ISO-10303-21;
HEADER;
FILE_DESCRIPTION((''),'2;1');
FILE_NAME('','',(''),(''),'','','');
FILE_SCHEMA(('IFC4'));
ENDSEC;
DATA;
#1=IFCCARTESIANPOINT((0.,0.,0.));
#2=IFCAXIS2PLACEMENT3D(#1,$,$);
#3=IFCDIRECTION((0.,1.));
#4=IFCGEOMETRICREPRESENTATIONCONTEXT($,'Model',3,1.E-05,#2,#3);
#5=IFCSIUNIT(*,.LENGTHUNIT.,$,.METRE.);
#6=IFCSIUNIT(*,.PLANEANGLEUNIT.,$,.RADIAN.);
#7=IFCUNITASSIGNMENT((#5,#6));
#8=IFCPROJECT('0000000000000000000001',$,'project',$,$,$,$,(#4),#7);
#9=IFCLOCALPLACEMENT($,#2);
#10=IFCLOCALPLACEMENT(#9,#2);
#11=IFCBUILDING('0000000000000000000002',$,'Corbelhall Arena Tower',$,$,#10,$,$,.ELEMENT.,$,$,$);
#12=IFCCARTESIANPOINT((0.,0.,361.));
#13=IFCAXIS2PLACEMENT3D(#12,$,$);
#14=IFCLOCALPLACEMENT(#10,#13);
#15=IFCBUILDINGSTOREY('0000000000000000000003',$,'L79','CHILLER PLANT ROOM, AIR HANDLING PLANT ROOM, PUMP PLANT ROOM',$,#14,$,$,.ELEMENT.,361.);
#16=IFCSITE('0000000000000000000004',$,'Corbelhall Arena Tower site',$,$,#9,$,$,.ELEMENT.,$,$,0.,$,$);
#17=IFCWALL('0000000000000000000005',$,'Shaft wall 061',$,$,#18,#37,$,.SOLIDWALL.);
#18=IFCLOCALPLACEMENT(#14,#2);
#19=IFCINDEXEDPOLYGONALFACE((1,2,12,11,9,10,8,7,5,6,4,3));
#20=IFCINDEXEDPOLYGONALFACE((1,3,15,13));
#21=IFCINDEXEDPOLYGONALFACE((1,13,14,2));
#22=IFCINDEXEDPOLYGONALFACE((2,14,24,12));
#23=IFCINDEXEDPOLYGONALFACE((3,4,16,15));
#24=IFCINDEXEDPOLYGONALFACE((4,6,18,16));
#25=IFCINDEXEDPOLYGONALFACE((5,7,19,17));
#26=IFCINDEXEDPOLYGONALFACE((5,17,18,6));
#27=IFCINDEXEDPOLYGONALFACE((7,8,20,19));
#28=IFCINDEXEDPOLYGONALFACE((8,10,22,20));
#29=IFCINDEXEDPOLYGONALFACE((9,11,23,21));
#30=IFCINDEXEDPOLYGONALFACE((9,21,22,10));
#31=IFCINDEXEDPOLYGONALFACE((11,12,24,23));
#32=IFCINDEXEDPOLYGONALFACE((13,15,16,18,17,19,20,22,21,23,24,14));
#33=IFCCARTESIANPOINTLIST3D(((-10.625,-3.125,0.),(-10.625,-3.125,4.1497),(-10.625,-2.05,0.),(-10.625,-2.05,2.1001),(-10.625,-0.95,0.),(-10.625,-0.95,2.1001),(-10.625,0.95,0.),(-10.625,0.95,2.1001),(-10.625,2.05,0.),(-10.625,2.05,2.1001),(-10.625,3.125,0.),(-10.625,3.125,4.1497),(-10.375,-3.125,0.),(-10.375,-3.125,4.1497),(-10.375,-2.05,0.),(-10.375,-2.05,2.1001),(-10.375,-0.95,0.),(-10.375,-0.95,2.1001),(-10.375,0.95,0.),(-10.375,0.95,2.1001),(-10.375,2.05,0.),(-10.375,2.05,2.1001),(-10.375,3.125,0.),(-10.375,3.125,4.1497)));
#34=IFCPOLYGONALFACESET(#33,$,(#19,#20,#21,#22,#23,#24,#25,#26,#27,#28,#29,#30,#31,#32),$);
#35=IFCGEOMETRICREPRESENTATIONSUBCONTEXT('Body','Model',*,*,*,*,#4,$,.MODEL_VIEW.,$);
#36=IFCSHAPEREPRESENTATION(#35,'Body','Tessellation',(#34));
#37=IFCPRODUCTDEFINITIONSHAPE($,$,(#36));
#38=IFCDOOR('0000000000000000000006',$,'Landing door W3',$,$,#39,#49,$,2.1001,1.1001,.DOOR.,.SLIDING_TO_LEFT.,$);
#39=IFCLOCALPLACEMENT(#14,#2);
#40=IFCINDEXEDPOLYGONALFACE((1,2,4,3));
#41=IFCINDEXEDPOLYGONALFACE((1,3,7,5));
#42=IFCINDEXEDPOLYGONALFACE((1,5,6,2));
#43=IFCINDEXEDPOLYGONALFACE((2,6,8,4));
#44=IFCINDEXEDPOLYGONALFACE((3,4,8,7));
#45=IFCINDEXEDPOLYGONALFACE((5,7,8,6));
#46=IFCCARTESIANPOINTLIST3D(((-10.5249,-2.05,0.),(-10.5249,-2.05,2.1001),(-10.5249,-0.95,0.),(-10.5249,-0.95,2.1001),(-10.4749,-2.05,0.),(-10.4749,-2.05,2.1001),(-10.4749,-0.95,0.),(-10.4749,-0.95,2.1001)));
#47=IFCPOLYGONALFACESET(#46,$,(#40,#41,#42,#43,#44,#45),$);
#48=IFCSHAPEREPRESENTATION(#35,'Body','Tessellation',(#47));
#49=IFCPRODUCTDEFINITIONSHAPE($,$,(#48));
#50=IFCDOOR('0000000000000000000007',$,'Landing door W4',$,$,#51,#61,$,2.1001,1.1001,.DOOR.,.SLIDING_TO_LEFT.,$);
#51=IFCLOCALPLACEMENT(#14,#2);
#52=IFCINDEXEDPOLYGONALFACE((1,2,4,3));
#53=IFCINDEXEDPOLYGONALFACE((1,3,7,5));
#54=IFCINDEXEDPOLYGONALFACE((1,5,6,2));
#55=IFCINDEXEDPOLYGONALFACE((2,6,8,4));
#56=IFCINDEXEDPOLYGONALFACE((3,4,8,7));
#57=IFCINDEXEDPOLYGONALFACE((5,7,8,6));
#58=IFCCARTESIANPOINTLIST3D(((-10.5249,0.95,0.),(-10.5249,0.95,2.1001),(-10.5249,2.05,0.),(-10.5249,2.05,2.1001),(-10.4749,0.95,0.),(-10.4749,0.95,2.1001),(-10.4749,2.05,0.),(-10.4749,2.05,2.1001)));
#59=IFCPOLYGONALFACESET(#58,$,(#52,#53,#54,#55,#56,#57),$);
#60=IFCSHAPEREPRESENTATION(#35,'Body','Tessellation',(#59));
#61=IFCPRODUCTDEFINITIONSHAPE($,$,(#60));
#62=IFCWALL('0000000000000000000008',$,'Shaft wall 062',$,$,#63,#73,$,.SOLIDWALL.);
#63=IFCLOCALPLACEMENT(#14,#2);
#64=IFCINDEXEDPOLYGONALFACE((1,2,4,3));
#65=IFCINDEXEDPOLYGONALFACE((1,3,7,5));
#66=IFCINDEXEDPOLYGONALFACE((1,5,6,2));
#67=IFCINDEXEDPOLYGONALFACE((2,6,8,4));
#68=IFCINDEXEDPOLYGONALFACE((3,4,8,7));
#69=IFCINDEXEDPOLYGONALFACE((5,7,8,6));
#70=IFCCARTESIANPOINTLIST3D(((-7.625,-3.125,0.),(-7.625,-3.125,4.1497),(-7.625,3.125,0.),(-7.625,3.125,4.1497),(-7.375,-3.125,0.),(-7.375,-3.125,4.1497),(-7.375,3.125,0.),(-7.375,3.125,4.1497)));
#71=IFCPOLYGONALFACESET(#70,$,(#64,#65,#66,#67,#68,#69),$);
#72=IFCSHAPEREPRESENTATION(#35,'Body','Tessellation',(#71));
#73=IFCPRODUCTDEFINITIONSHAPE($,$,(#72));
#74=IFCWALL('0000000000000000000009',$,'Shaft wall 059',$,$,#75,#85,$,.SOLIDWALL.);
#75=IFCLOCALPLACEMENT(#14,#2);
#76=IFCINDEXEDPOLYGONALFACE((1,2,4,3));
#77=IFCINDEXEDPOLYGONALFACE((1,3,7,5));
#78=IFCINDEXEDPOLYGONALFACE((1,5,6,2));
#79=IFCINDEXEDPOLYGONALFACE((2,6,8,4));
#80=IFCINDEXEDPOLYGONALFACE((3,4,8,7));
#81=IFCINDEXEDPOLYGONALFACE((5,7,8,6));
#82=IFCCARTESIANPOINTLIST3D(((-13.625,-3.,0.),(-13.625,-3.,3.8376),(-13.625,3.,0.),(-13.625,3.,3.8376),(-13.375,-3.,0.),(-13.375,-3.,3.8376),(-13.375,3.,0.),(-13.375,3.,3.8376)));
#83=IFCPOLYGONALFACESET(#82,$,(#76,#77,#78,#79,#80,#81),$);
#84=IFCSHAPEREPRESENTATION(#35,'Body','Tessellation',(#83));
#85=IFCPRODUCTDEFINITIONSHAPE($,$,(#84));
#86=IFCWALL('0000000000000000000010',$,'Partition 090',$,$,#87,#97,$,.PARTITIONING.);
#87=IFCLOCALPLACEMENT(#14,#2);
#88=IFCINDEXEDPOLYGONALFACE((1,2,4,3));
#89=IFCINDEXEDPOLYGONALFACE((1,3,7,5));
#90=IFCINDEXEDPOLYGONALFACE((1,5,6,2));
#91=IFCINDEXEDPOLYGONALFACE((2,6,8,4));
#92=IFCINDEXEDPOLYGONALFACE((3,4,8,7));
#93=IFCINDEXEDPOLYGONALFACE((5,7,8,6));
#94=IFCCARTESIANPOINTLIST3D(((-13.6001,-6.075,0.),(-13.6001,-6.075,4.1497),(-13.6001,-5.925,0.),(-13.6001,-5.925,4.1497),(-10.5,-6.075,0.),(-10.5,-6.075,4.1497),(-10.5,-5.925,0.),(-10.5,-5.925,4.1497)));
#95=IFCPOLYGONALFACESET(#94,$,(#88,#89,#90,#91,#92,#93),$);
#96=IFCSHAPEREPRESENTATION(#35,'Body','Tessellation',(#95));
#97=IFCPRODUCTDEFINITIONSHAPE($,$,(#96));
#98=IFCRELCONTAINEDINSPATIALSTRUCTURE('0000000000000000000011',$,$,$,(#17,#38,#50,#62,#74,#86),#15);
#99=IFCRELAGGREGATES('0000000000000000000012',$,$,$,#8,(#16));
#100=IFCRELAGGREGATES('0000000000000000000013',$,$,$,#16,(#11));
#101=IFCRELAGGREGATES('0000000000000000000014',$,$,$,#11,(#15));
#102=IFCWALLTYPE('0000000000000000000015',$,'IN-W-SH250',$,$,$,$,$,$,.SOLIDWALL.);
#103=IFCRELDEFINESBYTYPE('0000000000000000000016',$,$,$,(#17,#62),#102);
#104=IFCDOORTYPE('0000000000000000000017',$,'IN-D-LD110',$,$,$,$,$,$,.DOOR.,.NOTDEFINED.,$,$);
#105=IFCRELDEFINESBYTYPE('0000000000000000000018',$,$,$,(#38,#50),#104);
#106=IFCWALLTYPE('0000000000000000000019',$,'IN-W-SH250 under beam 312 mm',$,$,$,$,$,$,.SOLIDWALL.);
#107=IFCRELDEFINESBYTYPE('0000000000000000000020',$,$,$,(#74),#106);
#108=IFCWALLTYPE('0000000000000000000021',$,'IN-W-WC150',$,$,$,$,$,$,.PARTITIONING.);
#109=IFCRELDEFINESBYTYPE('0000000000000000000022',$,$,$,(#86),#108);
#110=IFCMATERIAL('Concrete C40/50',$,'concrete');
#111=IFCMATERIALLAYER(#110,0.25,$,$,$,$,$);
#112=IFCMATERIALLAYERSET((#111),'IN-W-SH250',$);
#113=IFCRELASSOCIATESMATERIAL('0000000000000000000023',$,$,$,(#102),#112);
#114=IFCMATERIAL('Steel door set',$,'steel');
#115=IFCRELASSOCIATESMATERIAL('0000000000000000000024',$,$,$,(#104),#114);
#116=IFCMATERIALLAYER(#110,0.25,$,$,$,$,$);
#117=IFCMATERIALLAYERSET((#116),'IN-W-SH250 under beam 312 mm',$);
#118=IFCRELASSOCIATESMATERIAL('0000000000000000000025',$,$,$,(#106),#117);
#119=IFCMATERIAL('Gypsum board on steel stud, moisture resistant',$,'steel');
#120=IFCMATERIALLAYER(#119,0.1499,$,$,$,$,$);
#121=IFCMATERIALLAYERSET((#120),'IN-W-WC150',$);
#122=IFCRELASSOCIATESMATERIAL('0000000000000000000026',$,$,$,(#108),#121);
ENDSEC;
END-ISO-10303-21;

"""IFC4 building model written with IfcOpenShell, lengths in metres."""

from ifc_helpers import new_model, si_unit, direction, frame, frame_2d, origin, place, context, subcontext, project, spatial, rectangle, extrude, material, layer, layer_set, type_object, element, fill, save


model = new_model("IFC4")

# Units and contexts
model_context = context("Model", 3, precision=1e-05, world=origin(), true_north=direction((0.0, 1.0)))
body_context = subcontext(model_context, "Body", "Model", "MODEL_VIEW")
ifc_project = project(units=[si_unit("LENGTHUNIT", "METRE"), si_unit("PLANEANGLEUNIT", "RADIAN")], contexts=[model_context])

# Site, building, storey
site_placement = place(None, origin())
site = spatial("IfcSite", under=ifc_project, at=site_placement, Name="Corbelhall Arena Tower site", CompositionType="ELEMENT", RefElevation=0.0)
building_placement = place(site_placement, origin())
building = spatial("IfcBuilding", under=site, at=building_placement, Name="Corbelhall Arena Tower", CompositionType="ELEMENT")
storey_placement = place(building_placement, frame((0.0, 0.0, 361.0)))
storey = spatial("IfcBuildingStorey", under=building, at=storey_placement, Name="L79", Description="CHILLER PLANT ROOM, AIR HANDLING PLANT ROOM, PUMP PLANT ROOM", CompositionType="ELEMENT", Elevation=361.0)

# Shared definitions
ifc_material_1 = material(Name="Steel door set", Category="steel")

# Shared definitions
ifc_material_2 = material(Name="Concrete C40/50", Category="concrete")
ifc_layer_1 = layer(ifc_material_2, 0.25)
ifc_layer_set_1 = layer_set([ifc_layer_1], Name="IN-W-SH250")
wall_type_1 = type_object("IfcWallType", Name="IN-W-SH250", PredefinedType="SOLIDWALL", material=ifc_layer_set_1)

# Wall, openings, doors
wall_1_placement = place(storey_placement, frame((-10.5, -3.125, 0.0), z_axis=(0.0, 0.0, 1.0), x_axis=(0.0, 1.0, 0.0)))
wall_1 = element("IfcWall", 1, at=wall_1_placement, inside=storey, type_object=wall_type_1, Name="Shaft wall 061", PredefinedType="SOLIDWALL", context=body_context, shape_type="SweptSolid", body=[
    extrude(rectangle(XDim=6.25, YDim=0.25, at=frame_2d((3.125, 0.0))), origin(), (0.0, 0.0, 1.0), 4.1497),
])
opening_1_placement = place(wall_1_placement, frame((1.075, 0.0, 0.0)))
opening_1 = element("IfcOpeningElement", 2, at=opening_1_placement, cuts=wall_1, PredefinedType="OPENING", context=body_context, shape_type="SweptSolid", body=[
    extrude(rectangle(XDim=1.1001, YDim=2.1001, at=frame_2d((0.55, 1.05))), frame((0.0, 0.125, 0.0), z_axis=(0.0, -1.0, 0.0), x_axis=(1.0, 0.0, 0.0)), (0.0, 0.0, 1.0), 0.25),
])
opening_2_placement = place(wall_1_placement, frame((4.075, 0.0, 0.0)))
opening_2 = element("IfcOpeningElement", 3, at=opening_2_placement, cuts=wall_1, PredefinedType="OPENING", context=body_context, shape_type="SweptSolid", body=[
    extrude(rectangle(XDim=1.1001, YDim=2.1001, at=frame_2d((0.55, 1.05))), frame((0.0, 0.125, 0.0), z_axis=(0.0, -1.0, 0.0), x_axis=(1.0, 0.0, 0.0)), (0.0, 0.0, 1.0), 0.25),
])
door_type_1 = type_object("IfcDoorType", Name="IN-D-LD110", OperationType="NOTDEFINED", PredefinedType="DOOR", material=ifc_material_1)
door_1_placement = place(opening_1_placement, origin())
door_1 = element("IfcDoor", 4, at=door_1_placement, inside=storey, type_object=door_type_1, Name="Landing door W3", OperationType="SLIDING_TO_LEFT", OverallHeight=2.1001, OverallWidth=1.1001, PredefinedType="DOOR", context=body_context, shape_type="SweptSolid", body=[
    extrude(rectangle(XDim=1.1001, YDim=2.1001, at=frame_2d((0.55, 1.05))), frame((0.0, 0.0249, 0.0), z_axis=(0.0, -1.0, 0.0), x_axis=(1.0, 0.0, 0.0)), (0.0, 0.0, 1.0), 0.05),
])
fill(opening_1, door_1)
door_2_placement = place(opening_2_placement, origin())
door_2 = element("IfcDoor", 5, at=door_2_placement, inside=storey, type_object=door_type_1, Name="Landing door W4", OperationType="SLIDING_TO_LEFT", OverallHeight=2.1001, OverallWidth=1.1001, PredefinedType="DOOR", context=body_context, shape_type="SweptSolid", body=[
    extrude(rectangle(XDim=1.1001, YDim=2.1001, at=frame_2d((0.55, 1.05))), frame((0.0, 0.0249, 0.0), z_axis=(0.0, -1.0, 0.0), x_axis=(1.0, 0.0, 0.0)), (0.0, 0.0, 1.0), 0.05),
])
fill(opening_2, door_2)

# Walls
wall_2_placement = place(storey_placement, frame((-7.5, -3.125, 0.0), z_axis=(0.0, 0.0, 1.0), x_axis=(0.0, 1.0, 0.0)))
element("IfcWall", 6, at=wall_2_placement, inside=storey, type_object=wall_type_1, Name="Shaft wall 062", PredefinedType="SOLIDWALL", context=body_context, shape_type="SweptSolid", body=[
    extrude(rectangle(XDim=6.25, YDim=0.25, at=frame_2d((3.125, 0.0))), origin(), (0.0, 0.0, 1.0), 4.1497),
])
ifc_layer_2 = layer(ifc_material_2, 0.25)
ifc_layer_set_2 = layer_set([ifc_layer_2], Name="IN-W-SH250 under beam 312 mm")
wall_type_2 = type_object("IfcWallType", Name="IN-W-SH250 under beam 312 mm", PredefinedType="SOLIDWALL", material=ifc_layer_set_2)
wall_3_placement = place(storey_placement, frame((-13.5, -3.0, 0.0), z_axis=(0.0, 0.0, 1.0), x_axis=(0.0, 1.0, 0.0)))
element("IfcWall", 7, at=wall_3_placement, inside=storey, type_object=wall_type_2, Name="Shaft wall 059", PredefinedType="SOLIDWALL", context=body_context, shape_type="SweptSolid", body=[
    extrude(rectangle(XDim=6.0, YDim=0.25, at=frame_2d((3.0, 0.0))), origin(), (0.0, 0.0, 1.0), 3.8376),
])
ifc_material_3 = material(Name="Gypsum board on steel stud, moisture resistant", Category="steel")
ifc_layer_3 = layer(ifc_material_3, 0.1499)
ifc_layer_set_3 = layer_set([ifc_layer_3], Name="IN-W-WC150")
wall_type_3 = type_object("IfcWallType", Name="IN-W-WC150", PredefinedType="PARTITIONING", material=ifc_layer_set_3)
wall_4_placement = place(storey_placement, frame((-13.6001, -6.0, 0.0), z_axis=(0.0, 0.0, 1.0), x_axis=(1.0, 0.0, 0.0)))
element("IfcWall", 8, at=wall_4_placement, inside=storey, type_object=wall_type_3, Name="Partition 090", PredefinedType="PARTITIONING", context=body_context, shape_type="SweptSolid", body=[
    extrude(rectangle(XDim=3.1001, YDim=0.1499, at=frame_2d((1.55, 0.0))), origin(), (0.0, 0.0, 1.0), 4.1497),
])

save(model, "model.ifc")
